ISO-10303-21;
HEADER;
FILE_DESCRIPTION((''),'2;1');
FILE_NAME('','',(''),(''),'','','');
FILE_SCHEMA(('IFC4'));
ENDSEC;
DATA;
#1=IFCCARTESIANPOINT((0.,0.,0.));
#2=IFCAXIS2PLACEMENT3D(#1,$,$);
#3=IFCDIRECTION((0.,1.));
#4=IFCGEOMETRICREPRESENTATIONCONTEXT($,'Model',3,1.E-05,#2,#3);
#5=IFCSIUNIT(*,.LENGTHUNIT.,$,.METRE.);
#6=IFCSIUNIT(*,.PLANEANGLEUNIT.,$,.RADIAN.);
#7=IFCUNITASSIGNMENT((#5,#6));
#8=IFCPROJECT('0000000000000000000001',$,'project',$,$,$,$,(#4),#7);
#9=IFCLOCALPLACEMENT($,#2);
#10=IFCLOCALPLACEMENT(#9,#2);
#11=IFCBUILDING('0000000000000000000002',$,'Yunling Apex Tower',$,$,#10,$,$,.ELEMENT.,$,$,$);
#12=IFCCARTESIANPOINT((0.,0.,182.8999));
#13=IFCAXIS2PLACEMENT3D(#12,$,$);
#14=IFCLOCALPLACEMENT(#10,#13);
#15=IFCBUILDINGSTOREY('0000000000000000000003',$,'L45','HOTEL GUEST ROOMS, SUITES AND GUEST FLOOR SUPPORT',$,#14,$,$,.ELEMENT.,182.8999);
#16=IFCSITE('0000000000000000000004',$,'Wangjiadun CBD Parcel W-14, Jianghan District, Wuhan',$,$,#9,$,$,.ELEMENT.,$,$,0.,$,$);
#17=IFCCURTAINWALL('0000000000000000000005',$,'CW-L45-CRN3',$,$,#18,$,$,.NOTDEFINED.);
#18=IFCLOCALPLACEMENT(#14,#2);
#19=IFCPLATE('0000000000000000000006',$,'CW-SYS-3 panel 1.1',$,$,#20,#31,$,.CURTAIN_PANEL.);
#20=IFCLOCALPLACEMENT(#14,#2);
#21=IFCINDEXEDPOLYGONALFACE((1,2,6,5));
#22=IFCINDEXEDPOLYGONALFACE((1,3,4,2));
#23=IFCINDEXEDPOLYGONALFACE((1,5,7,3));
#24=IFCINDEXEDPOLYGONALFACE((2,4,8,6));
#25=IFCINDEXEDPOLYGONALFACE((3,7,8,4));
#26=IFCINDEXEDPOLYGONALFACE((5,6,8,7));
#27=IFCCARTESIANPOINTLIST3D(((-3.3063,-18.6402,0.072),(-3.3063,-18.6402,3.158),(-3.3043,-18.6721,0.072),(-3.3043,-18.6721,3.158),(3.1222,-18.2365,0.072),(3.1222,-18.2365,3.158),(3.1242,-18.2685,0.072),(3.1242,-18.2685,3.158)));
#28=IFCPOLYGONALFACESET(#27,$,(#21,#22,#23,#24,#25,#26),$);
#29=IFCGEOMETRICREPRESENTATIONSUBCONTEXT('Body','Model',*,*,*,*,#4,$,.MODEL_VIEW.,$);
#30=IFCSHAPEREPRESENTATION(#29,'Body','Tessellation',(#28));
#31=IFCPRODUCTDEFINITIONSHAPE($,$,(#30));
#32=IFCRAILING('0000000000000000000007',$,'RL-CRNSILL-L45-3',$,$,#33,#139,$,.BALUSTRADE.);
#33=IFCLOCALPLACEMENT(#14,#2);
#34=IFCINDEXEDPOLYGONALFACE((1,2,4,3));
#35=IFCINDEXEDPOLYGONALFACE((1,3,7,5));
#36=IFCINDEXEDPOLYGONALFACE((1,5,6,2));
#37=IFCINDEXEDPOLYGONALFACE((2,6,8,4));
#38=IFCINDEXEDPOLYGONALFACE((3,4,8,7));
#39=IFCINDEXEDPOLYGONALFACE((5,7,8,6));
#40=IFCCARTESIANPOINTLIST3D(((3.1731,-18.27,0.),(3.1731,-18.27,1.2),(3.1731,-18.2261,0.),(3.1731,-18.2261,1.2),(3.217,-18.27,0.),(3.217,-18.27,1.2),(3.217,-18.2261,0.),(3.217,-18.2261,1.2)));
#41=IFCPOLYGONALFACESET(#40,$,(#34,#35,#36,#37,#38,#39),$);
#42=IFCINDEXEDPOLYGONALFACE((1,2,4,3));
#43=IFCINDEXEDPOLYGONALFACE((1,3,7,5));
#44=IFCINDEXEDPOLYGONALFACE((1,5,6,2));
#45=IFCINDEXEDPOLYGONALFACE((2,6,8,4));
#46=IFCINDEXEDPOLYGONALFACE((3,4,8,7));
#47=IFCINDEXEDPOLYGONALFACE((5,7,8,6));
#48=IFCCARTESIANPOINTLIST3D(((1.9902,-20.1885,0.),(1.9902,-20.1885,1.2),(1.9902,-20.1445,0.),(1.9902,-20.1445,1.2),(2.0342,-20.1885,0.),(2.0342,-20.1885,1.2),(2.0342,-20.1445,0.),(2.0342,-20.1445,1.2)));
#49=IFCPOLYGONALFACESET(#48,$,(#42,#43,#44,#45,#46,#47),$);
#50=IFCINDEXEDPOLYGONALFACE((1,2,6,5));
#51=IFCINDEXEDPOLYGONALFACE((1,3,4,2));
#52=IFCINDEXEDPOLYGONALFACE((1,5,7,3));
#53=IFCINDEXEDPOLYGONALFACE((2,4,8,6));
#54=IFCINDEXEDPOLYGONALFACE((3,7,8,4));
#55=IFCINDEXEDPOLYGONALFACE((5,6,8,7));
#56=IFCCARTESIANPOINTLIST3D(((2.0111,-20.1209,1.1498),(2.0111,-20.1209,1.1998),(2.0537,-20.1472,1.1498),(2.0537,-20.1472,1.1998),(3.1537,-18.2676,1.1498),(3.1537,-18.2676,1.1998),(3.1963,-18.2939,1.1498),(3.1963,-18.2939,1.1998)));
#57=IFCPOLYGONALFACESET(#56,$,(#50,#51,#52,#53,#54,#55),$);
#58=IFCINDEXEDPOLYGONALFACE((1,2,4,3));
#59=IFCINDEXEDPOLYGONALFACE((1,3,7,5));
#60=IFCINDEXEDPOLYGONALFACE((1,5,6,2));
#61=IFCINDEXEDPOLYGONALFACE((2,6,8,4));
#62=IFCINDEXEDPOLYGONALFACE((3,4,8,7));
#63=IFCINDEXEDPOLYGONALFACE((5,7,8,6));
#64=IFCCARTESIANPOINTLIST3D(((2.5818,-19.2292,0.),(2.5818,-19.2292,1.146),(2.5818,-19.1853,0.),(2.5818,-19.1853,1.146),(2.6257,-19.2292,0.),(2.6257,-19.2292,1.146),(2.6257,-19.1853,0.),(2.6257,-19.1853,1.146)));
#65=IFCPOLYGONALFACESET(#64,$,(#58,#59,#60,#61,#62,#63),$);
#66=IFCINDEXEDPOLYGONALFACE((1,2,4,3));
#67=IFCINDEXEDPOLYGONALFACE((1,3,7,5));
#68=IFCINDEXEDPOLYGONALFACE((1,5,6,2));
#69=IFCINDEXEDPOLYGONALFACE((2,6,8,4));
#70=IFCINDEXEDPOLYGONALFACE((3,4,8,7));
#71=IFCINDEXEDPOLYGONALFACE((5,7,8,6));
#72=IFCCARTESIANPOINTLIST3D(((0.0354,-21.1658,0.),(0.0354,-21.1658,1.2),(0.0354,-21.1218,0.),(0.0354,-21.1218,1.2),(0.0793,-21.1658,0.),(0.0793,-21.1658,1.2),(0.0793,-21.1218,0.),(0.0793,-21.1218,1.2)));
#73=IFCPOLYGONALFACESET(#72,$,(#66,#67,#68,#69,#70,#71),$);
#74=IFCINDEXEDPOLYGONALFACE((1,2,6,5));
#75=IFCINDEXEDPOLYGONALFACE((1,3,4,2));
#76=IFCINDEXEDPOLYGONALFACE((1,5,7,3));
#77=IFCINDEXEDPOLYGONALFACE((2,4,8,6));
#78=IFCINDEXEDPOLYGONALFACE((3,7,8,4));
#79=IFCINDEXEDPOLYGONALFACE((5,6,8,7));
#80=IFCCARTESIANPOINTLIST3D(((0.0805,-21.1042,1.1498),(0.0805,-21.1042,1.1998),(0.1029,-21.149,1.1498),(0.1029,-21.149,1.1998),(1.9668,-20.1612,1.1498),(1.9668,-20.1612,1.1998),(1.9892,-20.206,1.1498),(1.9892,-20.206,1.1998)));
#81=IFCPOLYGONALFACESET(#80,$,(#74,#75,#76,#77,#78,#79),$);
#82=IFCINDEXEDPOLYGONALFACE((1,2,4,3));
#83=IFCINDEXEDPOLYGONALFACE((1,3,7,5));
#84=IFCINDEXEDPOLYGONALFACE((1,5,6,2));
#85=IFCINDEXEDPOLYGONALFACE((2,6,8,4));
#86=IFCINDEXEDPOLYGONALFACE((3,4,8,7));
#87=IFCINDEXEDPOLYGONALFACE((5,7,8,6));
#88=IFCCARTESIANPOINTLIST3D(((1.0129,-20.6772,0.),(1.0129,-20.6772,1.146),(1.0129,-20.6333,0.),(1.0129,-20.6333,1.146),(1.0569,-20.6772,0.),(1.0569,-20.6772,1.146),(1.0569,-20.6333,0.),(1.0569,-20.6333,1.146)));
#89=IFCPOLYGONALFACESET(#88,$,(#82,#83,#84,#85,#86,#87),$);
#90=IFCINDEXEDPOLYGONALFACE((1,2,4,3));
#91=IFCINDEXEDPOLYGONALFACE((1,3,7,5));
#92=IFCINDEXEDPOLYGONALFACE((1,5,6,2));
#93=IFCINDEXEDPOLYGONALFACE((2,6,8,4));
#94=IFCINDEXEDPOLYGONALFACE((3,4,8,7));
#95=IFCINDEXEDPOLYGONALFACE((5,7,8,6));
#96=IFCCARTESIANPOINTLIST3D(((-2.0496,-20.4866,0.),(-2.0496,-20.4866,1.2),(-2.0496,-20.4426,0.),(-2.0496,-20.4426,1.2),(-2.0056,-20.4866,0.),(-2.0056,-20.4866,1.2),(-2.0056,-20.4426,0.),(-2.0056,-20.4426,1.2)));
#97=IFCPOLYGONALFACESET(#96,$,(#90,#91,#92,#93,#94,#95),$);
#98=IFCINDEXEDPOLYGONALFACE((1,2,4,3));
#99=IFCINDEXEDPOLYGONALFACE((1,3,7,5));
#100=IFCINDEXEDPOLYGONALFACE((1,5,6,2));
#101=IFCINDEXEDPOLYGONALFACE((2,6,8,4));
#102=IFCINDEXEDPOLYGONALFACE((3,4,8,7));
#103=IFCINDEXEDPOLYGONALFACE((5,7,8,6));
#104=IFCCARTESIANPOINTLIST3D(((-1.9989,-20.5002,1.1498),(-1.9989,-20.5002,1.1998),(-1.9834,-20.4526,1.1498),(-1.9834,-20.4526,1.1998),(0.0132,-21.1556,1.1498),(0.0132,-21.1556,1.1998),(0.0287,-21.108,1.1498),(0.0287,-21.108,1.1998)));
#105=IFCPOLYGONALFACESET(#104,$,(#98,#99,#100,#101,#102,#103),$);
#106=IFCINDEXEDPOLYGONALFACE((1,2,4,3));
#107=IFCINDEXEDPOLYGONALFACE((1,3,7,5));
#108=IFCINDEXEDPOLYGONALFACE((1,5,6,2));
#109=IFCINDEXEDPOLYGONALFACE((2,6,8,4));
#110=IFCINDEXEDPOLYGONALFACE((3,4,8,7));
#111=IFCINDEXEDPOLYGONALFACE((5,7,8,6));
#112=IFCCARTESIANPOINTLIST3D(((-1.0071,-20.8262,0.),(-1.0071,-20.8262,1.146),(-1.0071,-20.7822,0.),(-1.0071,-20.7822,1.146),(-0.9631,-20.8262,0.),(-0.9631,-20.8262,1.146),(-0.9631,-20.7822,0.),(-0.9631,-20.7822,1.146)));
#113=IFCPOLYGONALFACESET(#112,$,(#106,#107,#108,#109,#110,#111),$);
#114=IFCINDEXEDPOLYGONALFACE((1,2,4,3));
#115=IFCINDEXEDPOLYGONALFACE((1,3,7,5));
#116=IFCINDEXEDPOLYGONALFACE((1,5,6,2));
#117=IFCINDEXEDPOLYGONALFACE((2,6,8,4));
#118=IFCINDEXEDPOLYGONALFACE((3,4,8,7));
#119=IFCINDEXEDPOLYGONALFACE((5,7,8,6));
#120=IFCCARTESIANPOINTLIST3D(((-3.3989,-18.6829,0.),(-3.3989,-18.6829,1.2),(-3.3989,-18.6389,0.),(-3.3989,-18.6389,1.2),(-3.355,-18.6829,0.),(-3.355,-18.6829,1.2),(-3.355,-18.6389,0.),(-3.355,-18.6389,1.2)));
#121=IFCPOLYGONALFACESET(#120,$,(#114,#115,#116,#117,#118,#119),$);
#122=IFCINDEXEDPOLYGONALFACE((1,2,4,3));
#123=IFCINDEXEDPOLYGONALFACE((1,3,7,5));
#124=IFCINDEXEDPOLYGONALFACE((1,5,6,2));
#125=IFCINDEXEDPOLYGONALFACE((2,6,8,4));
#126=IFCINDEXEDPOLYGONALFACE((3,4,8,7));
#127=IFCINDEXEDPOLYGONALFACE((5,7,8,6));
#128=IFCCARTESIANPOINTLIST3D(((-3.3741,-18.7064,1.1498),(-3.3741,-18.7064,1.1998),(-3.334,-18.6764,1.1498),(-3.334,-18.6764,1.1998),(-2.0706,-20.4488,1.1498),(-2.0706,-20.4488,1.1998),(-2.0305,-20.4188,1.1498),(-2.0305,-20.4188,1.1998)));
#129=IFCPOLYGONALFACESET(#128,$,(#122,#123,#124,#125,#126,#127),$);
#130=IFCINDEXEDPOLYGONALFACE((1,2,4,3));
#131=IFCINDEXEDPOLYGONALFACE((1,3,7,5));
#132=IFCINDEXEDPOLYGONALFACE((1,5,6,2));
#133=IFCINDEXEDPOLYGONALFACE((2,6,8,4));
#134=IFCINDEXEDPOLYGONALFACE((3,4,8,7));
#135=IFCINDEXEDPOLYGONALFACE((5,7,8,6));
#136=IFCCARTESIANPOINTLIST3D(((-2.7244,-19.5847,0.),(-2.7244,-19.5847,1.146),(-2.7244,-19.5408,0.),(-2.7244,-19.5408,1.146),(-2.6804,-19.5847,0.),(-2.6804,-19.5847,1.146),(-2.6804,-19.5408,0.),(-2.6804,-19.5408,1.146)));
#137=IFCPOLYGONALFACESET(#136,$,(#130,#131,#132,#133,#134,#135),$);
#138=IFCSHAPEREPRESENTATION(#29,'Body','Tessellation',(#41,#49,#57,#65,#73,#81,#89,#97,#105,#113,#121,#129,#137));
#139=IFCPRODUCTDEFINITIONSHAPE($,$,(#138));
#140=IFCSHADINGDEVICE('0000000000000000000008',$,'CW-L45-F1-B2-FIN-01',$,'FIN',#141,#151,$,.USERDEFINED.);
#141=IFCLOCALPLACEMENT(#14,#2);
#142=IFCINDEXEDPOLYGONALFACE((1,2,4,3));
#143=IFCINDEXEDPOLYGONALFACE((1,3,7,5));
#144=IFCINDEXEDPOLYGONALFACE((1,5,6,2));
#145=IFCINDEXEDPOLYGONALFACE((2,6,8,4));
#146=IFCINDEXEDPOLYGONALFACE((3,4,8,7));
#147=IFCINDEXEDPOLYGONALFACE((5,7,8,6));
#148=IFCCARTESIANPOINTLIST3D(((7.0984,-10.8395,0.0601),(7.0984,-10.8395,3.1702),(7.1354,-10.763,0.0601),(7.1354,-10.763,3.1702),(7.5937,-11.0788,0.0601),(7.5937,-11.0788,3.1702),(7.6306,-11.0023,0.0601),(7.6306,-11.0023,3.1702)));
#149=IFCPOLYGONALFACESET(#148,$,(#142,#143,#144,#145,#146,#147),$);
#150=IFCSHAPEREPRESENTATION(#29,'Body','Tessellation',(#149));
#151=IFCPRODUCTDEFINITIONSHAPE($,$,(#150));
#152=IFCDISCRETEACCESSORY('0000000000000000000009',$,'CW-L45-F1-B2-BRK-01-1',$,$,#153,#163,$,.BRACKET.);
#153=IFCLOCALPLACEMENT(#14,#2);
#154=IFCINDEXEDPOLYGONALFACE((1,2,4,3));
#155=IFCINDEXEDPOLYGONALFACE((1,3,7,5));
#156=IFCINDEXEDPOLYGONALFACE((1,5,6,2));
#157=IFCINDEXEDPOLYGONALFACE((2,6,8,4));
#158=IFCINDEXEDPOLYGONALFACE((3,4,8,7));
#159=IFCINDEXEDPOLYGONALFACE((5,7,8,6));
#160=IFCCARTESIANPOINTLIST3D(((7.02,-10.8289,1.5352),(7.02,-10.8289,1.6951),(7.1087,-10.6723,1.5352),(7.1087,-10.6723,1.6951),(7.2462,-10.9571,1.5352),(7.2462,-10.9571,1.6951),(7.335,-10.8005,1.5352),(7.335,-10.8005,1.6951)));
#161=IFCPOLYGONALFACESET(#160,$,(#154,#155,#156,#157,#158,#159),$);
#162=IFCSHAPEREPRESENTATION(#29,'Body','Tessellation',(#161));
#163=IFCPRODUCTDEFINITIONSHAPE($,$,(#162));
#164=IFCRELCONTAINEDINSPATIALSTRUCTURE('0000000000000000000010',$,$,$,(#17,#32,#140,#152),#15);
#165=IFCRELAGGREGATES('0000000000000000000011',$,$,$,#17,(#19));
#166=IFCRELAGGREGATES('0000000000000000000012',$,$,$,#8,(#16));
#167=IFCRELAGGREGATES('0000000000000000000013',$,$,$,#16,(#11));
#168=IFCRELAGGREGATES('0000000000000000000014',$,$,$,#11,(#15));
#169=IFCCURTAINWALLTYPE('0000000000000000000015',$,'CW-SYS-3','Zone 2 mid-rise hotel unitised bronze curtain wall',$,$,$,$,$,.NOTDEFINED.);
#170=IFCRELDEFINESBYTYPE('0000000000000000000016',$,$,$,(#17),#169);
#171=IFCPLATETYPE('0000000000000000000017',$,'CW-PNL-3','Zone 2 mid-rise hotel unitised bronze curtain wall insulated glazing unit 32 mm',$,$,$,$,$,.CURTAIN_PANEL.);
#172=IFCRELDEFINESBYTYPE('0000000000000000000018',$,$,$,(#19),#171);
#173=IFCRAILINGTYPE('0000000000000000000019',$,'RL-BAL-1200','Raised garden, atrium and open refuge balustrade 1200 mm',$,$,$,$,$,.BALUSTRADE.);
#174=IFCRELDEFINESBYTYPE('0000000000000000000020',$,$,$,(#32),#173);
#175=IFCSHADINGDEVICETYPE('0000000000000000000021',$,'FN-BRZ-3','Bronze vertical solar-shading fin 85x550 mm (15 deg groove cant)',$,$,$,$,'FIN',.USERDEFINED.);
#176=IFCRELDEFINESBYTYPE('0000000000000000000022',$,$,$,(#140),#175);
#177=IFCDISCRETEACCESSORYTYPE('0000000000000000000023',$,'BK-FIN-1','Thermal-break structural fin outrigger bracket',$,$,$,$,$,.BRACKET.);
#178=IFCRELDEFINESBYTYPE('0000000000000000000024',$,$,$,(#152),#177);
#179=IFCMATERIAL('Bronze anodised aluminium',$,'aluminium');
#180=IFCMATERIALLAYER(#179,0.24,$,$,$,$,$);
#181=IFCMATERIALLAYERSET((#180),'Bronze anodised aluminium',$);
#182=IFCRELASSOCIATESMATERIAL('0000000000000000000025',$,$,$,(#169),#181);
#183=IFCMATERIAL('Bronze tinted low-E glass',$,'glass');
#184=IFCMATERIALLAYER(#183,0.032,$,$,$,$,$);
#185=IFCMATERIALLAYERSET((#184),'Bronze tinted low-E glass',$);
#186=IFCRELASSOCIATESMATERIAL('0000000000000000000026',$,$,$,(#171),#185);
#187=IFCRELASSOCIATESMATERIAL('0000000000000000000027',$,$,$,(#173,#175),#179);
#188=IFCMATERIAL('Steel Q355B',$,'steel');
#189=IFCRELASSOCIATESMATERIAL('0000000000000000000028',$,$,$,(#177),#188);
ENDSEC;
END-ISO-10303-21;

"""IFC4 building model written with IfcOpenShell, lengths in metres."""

from ifc_helpers import new_model, si_unit, direction, frame, origin, origin_2d, place, context, subcontext, project, spatial, rectangle, extrude, source, transform, mapped, material, layer, layer_set, material_profile, profile_set, type_object, element, aggregate, save


model = new_model("IFC4")

# Units and contexts
model_context = context("Model", 3, precision=1e-05, world=origin(), true_north=direction((0.0, 1.0)))
body_context = subcontext(model_context, "Body", "Model", "MODEL_VIEW")
ifc_project = project(units=[si_unit("LENGTHUNIT", "METRE"), si_unit("PLANEANGLEUNIT", "RADIAN")], contexts=[model_context])

# Site, building, storey
site_placement = place(None, origin())
site = spatial("IfcSite", under=ifc_project, at=site_placement, Name="Wangjiadun CBD Parcel W-14, Jianghan District, Wuhan", CompositionType="ELEMENT", RefElevation=0.0)
building_placement = place(site_placement, origin())
building = spatial("IfcBuilding", under=site, at=building_placement, Name="Yunling Apex Tower", CompositionType="ELEMENT")
storey_placement = place(building_placement, frame((0.0, 0.0, 182.8999)))
storey = spatial("IfcBuildingStorey", under=building, at=storey_placement, Name="L45", Description="HOTEL GUEST ROOMS, SUITES AND GUEST FLOOR SUPPORT", CompositionType="ELEMENT", Elevation=182.8999)

# Shared definitions
ifc_material_1 = material(Name="Steel Q355B", Category="steel")

# Shared definitions
ifc_material_2 = material(Name="Bronze anodised aluminium", Category="aluminium")
ifc_layer_1 = layer(ifc_material_2, 0.24)
ifc_layer_set_1 = layer_set([ifc_layer_1], Name="Bronze anodised aluminium")
curtain_wall_type = type_object("IfcCurtainWallType", Name="CW-SYS-3", Description="Zone 2 mid-rise hotel unitised bronze curtain wall", PredefinedType="NOTDEFINED", material=ifc_layer_set_1)

# Curtain wall
curtain_wall_1_placement = place(storey_placement, origin())
curtain_wall_1 = element("IfcCurtainWall", 1, at=curtain_wall_1_placement, inside=storey, type_object=curtain_wall_type, Name="CW-L45-CRN3", PredefinedType="NOTDEFINED")

# Plate
ifc_material_3 = material(Name="Bronze tinted low-E glass", Category="glass")
ifc_layer_2 = layer(ifc_material_3, 0.032)
ifc_layer_set_2 = layer_set([ifc_layer_2], Name="Bronze tinted low-E glass")
plate_type = type_object("IfcPlateType", Name="CW-PNL-3", Description="Zone 2 mid-rise hotel unitised bronze curtain wall insulated glazing unit 32 mm", PredefinedType="CURTAIN_PANEL", material=ifc_layer_set_2)
shared_shape_1 = source(origin(), body_context, "Body", "SweptSolid", [
    extrude(rectangle(XDim=6.4412, YDim=0.032, at=origin_2d()), origin(), (0.0, 0.0, 1.0), 3.0859),
])
plate_1_placement = place(storey_placement, frame((-0.0911, -18.4543, 0.072), z_axis=(0.0, 0.0, 1.0), x_axis=(0.998034, 0.062672, 0.0)))
plate_1 = element("IfcPlate", 2, at=plate_1_placement, type_object=plate_type, Name="CW-SYS-3 panel 1.1", PredefinedType="CURTAIN_PANEL", context=body_context, shape_type="MappedRepresentation", body=[
    mapped(shared_shape_1, transform((0.0, 0.0, 0.0), scale=1.0)),
])
aggregate(curtain_wall_1, [plate_1])

# Railing
railing_type = type_object("IfcRailingType", Name="RL-BAL-1200", Description="Raised garden, atrium and open refuge balustrade 1200 mm", PredefinedType="BALUSTRADE", material=ifc_material_2)
railing_placement = place(storey_placement, frame((3.1951, -18.248, 0.0)))
element("IfcRailing", 3, at=railing_placement, inside=storey, type_object=railing_type, Name="RL-CRNSILL-L45-3", PredefinedType="BALUSTRADE", context=body_context, shape_type="SweptSolid", body=[
    extrude(rectangle(XDim=0.0439, YDim=0.0439, at=origin_2d()), origin(), (0.0, 0.0, 1.0), 1.2),
    extrude(rectangle(XDim=0.0439, YDim=0.0439, at=origin_2d()), frame((-1.1829, -1.9185, 0.0)), (0.0, 0.0, 1.0), 1.2),
    extrude(rectangle(XDim=0.05, YDim=0.05, at=origin_2d()), frame((-0.02, -0.0327, 1.1748), z_axis=(-0.524829, -0.851208, 0.0), x_axis=(0.851208, -0.524829, 0.0)), (0.0, 0.0, 1.0), 2.1772),
    extrude(rectangle(XDim=0.0439, YDim=0.0439, at=origin_2d()), frame((-0.5913, -0.9592, 0.0)), (0.0, 0.0, 1.0), 1.146),
    extrude(rectangle(XDim=0.0439, YDim=0.0439, at=origin_2d()), frame((-3.1377, -2.8958, 0.0)), (0.0, 0.0, 1.0), 1.2),
    extrude(rectangle(XDim=0.05, YDim=0.05, at=origin_2d()), frame((-1.217, -1.9355, 1.1748), z_axis=(-0.89445, -0.447169, 0.0), x_axis=(0.447169, -0.89445, 0.0)), (0.0, 0.0, 1.0), 2.1089),
    extrude(rectangle(XDim=0.0439, YDim=0.0439, at=origin_2d()), frame((-2.1602, -2.4072, 0.0)), (0.0, 0.0, 1.0), 1.146),
    extrude(rectangle(XDim=0.0439, YDim=0.0439, at=origin_2d()), frame((-5.2227, -2.2166, 0.0)), (0.0, 0.0, 1.0), 1.2),
    extrude(rectangle(XDim=0.05, YDim=0.05, at=origin_2d()), frame((-3.1741, -2.8838, 1.1748), z_axis=(-0.950821, 0.309741, 0.0), x_axis=(-0.309741, -0.950821, 0.0)), (0.0, 0.0, 1.0), 2.1162),
    extrude(rectangle(XDim=0.0439, YDim=0.0439, at=origin_2d()), frame((-4.1802, -2.5562, 0.0)), (0.0, 0.0, 1.0), 1.146),
    extrude(rectangle(XDim=0.0439, YDim=0.0439, at=origin_2d()), frame((-6.572, -0.4128, 0.0)), (0.0, 0.0, 1.0), 1.2),
    extrude(rectangle(XDim=0.05, YDim=0.05, at=origin_2d()), frame((-5.2456, -2.1858, 1.1748), z_axis=(-0.599028, 0.800728, 0.0), x_axis=(-0.800728, -0.599028, 0.0)), (0.0, 0.0, 1.0), 2.176),
    extrude(rectangle(XDim=0.0439, YDim=0.0439, at=origin_2d()), frame((-5.8975, -1.3147, 0.0)), (0.0, 0.0, 1.0), 1.146),
])

# Shading device
ifc_material_profile_1 = material_profile(ifc_material_2, rectangle(XDim=0.085, YDim=0.55, at=origin_2d()))
ifc_profile_set_1 = profile_set([ifc_material_profile_1], Name="Bronze anodised aluminium")
shading_device_type = type_object("IfcShadingDeviceType", Name="FN-BRZ-3", Description="Bronze vertical solar-shading fin 85x550 mm (15 deg groove cant)", ElementType="FIN", PredefinedType="USERDEFINED", material=ifc_profile_set_1)
shared_shape_2 = source(origin(), body_context, "Body", "SweptSolid", [
    extrude(rectangle(XDim=0.085, YDim=0.55, at=origin_2d()), origin(), (0.0, 0.0, 1.0), 3.1101),
])
shading_device_placement = place(storey_placement, frame((7.3645, -10.9209, 0.0601), z_axis=(0.0, 0.0, 1.0), x_axis=(0.435074, 0.900395, 0.0)))
element("IfcShadingDevice", 4, at=shading_device_placement, inside=storey, type_object=shading_device_type, Name="CW-L45-F1-B2-FIN-01", ObjectType="FIN", PredefinedType="USERDEFINED", context=body_context, shape_type="MappedRepresentation", body=[
    mapped(shared_shape_2, transform((0.0, 0.0, 0.0), scale=1.0)),
])

# Discrete accessory
discrete_accessory_type = type_object("IfcDiscreteAccessoryType", Name="BK-FIN-1", Description="Thermal-break structural fin outrigger bracket", PredefinedType="BRACKET", material=ifc_material_1)
shared_shape_3 = source(origin(), body_context, "Body", "SweptSolid", [
    extrude(rectangle(XDim=0.1799, YDim=0.26, at=origin_2d()), origin(), (0.0, 0.0, 1.0), 0.1599),
])
discrete_accessory_placement = place(storey_placement, frame((7.1775, -10.8147, 1.5352), z_axis=(0.0, 0.0, 1.0), x_axis=(0.493031, 0.870012, 0.0)))
element("IfcDiscreteAccessory", 5, at=discrete_accessory_placement, inside=storey, type_object=discrete_accessory_type, Name="CW-L45-F1-B2-BRK-01-1", PredefinedType="BRACKET", context=body_context, shape_type="MappedRepresentation", body=[
    mapped(shared_shape_3, transform((0.0, 0.0, 0.0), scale=1.0)),
])

save(model, "model.ifc")
